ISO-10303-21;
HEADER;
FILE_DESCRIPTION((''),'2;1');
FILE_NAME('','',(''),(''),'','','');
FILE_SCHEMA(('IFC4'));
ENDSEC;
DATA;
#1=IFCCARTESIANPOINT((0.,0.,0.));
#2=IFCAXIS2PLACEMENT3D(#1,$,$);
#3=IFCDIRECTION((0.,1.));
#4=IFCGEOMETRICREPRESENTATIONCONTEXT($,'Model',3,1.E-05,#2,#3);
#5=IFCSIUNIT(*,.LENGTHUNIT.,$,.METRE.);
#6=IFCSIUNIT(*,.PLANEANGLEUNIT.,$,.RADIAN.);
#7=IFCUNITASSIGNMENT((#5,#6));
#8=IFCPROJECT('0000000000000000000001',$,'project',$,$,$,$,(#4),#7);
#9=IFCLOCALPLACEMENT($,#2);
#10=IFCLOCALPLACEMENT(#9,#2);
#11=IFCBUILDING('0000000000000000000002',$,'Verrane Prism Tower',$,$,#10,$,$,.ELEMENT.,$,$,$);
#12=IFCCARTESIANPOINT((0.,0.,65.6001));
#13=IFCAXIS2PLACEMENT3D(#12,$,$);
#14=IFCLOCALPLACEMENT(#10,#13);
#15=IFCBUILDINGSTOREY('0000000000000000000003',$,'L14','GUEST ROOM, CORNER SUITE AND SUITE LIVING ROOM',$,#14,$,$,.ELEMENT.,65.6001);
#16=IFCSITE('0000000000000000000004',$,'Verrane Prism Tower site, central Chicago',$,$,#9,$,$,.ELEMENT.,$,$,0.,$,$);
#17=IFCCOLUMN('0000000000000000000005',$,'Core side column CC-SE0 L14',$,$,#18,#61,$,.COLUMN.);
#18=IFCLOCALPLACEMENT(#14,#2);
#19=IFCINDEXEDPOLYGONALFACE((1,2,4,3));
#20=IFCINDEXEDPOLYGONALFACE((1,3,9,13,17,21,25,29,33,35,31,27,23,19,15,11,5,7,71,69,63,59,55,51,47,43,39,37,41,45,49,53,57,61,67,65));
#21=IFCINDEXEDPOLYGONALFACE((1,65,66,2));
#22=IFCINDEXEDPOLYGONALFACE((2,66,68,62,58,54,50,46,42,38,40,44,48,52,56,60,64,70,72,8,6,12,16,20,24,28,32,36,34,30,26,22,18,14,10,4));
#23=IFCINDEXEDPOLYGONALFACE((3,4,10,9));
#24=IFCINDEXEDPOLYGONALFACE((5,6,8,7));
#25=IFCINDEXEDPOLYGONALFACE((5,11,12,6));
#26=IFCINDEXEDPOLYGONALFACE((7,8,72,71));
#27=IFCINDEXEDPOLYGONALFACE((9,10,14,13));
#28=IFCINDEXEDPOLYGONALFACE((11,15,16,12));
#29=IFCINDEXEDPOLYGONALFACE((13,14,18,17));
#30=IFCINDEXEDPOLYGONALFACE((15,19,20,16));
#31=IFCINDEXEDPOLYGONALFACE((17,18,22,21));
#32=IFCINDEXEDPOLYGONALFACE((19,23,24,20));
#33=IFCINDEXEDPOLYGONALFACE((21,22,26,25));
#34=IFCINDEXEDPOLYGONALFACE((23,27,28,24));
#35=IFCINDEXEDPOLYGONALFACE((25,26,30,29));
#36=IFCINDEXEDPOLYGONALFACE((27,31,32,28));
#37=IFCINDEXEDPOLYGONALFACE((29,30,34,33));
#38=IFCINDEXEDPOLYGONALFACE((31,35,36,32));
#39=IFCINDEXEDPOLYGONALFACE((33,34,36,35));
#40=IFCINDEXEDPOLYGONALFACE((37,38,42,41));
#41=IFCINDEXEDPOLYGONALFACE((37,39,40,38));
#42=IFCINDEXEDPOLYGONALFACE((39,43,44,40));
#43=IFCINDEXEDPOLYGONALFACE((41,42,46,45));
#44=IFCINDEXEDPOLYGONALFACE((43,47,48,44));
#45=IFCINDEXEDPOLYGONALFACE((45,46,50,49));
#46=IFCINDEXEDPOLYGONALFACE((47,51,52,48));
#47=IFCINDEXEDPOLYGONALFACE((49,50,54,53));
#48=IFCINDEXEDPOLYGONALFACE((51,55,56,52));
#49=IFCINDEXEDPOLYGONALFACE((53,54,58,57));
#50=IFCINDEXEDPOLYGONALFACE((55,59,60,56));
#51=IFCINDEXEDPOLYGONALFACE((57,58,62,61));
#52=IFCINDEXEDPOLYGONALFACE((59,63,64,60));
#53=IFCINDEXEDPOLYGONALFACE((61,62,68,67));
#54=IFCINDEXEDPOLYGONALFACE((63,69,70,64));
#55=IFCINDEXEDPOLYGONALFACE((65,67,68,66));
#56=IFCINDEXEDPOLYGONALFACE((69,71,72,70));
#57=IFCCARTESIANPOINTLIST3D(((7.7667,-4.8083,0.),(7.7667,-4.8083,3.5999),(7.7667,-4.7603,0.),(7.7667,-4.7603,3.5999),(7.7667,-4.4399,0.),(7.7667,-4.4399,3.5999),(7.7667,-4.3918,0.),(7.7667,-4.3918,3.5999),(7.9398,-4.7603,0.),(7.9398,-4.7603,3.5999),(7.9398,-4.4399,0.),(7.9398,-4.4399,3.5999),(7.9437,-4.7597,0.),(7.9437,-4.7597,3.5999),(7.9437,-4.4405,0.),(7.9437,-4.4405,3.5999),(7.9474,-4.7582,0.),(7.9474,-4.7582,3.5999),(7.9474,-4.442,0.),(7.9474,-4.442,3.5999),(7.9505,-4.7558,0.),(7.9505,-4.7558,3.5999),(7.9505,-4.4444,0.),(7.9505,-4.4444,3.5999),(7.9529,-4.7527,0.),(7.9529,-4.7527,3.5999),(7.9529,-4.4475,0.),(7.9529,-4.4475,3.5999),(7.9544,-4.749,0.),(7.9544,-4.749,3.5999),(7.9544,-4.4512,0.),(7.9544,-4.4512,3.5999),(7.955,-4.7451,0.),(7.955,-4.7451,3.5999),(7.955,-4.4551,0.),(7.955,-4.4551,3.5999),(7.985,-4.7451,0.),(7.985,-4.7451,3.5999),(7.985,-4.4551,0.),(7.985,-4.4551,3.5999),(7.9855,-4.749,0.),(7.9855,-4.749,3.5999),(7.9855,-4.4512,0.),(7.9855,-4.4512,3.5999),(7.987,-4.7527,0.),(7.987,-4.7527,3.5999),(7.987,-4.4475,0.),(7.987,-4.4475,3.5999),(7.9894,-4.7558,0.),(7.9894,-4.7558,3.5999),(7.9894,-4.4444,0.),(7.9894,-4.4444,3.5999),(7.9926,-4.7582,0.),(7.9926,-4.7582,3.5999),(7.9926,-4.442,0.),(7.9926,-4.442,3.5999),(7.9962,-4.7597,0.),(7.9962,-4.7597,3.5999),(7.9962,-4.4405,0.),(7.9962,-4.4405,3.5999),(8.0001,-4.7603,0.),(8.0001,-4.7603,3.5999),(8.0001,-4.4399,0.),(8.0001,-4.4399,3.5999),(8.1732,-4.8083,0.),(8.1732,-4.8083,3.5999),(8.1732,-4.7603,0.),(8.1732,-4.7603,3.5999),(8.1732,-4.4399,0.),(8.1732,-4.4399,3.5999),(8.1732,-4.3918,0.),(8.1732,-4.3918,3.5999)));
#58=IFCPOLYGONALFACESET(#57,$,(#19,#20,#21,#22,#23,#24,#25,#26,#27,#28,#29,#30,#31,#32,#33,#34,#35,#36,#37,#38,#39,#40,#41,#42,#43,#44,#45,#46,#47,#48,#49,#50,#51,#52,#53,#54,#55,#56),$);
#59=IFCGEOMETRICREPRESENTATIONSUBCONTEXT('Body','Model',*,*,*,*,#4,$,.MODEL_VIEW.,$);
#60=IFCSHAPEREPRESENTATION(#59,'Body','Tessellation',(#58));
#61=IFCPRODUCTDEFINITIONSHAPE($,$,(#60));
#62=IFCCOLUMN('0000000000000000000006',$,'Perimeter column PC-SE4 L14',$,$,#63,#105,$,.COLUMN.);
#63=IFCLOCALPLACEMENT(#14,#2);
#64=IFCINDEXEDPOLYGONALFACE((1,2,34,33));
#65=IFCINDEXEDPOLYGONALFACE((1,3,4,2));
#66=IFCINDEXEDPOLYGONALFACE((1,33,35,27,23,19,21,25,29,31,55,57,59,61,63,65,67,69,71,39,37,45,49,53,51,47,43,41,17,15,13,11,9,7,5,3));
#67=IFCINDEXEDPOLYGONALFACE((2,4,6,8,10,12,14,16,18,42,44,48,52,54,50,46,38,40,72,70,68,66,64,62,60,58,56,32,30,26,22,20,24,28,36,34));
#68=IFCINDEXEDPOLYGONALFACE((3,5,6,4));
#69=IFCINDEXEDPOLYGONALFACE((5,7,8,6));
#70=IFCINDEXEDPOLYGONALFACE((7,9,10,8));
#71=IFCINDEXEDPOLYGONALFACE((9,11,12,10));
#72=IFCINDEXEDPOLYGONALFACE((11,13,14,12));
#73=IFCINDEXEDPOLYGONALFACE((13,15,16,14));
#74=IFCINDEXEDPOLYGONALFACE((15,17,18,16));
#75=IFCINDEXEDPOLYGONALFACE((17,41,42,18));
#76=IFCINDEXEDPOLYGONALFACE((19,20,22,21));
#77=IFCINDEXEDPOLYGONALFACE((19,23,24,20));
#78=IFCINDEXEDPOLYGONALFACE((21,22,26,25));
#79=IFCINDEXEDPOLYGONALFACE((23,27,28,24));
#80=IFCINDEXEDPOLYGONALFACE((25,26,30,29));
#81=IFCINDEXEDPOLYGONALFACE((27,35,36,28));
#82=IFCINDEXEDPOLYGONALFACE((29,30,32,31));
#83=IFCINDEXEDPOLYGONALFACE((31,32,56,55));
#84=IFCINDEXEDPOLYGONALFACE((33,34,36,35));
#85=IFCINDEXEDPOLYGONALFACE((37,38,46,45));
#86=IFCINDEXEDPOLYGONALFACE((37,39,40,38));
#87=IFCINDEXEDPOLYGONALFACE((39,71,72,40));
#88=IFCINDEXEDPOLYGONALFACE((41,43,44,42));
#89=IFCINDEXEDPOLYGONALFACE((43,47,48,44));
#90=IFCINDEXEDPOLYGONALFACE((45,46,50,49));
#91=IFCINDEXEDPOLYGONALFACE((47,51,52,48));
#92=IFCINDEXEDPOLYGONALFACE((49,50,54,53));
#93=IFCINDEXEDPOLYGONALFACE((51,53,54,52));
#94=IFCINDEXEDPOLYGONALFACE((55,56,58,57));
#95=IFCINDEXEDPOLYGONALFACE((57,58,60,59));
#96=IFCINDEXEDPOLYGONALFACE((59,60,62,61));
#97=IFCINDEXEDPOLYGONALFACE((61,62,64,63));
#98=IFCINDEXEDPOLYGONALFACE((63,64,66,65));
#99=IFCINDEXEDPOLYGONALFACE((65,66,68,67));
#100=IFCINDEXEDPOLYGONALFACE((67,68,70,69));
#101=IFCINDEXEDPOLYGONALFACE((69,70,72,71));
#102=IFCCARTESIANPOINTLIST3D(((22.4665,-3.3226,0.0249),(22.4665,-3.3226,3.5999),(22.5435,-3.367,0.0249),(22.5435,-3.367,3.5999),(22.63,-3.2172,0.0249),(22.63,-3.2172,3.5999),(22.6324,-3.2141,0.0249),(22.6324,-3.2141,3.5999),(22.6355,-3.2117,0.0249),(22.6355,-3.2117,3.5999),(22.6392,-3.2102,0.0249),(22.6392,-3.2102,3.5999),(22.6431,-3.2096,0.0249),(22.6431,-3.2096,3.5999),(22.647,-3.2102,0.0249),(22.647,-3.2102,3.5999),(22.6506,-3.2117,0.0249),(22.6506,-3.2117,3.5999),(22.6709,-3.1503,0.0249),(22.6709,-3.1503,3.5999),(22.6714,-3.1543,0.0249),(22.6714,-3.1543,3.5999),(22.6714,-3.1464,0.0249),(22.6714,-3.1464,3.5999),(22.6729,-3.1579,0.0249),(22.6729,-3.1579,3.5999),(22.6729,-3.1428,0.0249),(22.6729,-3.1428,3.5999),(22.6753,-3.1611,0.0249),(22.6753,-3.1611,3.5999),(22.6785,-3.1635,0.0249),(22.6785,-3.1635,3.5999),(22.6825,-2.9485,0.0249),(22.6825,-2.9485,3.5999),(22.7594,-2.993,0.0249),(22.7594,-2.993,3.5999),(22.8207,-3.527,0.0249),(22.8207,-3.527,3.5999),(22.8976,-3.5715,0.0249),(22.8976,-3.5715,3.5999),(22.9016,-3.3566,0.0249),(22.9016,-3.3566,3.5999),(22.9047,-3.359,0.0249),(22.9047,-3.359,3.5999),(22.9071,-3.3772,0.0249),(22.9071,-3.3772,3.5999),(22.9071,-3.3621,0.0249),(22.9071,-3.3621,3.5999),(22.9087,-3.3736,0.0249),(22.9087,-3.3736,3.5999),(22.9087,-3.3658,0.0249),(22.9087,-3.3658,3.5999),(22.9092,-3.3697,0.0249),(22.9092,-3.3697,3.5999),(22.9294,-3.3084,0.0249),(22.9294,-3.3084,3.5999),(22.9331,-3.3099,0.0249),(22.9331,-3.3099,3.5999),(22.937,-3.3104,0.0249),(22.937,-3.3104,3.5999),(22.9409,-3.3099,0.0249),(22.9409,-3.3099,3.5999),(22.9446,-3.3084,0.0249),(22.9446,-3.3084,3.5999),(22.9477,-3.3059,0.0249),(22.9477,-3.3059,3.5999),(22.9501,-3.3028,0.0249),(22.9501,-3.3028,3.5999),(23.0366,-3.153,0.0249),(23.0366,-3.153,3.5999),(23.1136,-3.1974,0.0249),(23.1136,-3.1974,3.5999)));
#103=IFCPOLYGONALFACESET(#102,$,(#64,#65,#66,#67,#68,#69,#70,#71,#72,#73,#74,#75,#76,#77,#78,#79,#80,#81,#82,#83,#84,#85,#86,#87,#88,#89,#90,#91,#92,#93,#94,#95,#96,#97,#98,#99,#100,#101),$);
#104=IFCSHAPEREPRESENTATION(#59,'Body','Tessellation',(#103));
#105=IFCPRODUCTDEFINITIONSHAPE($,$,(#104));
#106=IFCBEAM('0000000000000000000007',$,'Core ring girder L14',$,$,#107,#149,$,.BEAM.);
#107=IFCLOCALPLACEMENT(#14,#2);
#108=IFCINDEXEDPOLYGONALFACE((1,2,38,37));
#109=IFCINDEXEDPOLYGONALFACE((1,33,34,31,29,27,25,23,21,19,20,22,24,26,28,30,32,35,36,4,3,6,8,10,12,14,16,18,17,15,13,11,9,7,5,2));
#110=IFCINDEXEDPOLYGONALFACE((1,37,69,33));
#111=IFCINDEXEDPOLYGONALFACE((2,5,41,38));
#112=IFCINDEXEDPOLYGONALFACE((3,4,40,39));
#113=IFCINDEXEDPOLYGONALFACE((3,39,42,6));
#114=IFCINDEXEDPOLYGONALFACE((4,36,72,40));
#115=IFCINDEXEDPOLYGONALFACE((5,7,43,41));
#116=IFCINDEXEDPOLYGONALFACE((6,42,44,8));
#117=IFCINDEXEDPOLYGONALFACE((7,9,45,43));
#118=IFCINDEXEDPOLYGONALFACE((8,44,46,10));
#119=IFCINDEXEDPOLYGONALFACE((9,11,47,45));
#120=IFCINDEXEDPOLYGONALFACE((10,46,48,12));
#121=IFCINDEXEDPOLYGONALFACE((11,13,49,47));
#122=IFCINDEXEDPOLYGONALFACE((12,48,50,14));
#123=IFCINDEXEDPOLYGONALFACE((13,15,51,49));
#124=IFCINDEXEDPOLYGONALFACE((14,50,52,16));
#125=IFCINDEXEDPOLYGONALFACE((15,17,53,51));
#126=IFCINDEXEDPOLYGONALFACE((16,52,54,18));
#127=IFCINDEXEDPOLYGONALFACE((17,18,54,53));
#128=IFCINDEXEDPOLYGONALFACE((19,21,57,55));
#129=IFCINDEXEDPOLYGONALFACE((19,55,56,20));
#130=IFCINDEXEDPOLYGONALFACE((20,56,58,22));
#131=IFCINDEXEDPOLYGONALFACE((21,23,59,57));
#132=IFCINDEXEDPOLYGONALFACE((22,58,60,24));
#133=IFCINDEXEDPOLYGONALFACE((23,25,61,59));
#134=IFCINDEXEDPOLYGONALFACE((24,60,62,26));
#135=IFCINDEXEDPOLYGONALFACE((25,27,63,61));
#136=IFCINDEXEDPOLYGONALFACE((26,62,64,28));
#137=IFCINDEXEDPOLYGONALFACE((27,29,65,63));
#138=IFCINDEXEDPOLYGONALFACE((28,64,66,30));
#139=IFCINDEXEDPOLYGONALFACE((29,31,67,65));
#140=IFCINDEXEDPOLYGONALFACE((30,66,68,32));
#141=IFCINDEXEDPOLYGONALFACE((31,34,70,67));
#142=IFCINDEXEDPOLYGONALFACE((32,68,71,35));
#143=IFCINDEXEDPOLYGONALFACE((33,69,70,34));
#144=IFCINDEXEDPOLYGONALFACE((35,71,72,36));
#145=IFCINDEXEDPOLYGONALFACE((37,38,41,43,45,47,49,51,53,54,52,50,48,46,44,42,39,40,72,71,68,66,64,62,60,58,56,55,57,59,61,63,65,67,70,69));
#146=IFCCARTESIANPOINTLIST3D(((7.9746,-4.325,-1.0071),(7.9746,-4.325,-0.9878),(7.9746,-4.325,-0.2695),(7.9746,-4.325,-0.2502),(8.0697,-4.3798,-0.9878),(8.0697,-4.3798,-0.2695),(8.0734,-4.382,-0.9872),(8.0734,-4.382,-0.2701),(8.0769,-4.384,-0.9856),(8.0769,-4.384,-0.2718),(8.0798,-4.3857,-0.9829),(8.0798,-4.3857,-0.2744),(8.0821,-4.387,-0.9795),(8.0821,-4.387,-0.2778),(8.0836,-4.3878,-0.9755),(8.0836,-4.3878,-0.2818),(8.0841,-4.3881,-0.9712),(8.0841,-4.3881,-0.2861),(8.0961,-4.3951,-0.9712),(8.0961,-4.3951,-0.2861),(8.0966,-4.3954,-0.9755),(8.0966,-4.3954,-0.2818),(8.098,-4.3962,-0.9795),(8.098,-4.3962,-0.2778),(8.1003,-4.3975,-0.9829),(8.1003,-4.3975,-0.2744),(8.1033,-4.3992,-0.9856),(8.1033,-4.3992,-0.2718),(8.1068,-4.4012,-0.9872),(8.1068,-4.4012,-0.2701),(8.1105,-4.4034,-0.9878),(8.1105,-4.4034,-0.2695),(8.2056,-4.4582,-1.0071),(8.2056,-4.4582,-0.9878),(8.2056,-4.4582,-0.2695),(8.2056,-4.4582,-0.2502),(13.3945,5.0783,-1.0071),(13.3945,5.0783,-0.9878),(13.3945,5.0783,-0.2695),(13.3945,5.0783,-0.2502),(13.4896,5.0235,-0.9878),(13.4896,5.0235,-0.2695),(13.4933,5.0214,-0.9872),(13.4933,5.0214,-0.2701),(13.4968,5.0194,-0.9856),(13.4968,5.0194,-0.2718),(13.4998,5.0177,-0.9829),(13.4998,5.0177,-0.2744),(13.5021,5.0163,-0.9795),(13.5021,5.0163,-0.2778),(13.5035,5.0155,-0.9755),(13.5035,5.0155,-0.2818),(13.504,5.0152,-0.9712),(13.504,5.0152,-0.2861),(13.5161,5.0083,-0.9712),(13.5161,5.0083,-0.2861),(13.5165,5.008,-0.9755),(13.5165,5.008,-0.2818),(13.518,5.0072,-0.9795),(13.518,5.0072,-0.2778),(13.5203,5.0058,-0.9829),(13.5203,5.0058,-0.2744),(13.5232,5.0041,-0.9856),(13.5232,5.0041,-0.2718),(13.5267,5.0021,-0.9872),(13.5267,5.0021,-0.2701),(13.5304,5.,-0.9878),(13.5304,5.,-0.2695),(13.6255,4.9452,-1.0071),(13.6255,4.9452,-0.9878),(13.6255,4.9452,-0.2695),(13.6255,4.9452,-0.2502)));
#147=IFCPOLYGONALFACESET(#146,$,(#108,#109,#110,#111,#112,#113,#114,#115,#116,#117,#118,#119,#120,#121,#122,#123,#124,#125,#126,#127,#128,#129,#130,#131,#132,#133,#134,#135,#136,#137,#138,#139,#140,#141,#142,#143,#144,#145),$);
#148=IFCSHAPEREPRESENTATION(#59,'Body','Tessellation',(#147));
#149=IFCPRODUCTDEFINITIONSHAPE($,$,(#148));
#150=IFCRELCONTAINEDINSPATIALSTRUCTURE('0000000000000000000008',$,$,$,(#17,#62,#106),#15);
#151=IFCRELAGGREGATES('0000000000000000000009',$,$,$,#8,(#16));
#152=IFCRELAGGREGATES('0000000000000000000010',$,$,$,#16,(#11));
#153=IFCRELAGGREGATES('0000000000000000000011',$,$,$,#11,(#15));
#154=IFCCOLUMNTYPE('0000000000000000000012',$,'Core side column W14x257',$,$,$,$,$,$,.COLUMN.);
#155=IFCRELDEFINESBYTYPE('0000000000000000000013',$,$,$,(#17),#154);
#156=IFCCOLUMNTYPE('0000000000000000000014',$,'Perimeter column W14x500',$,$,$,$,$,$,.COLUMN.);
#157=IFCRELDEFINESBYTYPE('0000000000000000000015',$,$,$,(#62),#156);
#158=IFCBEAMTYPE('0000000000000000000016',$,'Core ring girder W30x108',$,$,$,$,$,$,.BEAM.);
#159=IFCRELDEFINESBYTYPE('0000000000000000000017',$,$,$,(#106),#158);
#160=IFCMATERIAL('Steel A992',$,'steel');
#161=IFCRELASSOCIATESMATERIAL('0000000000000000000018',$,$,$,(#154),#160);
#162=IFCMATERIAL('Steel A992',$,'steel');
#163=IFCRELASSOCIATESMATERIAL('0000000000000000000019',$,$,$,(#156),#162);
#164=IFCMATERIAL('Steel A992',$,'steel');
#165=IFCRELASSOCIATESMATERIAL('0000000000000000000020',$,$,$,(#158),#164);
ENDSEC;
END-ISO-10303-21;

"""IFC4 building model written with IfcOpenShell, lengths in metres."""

from ifc_helpers import new_model, si_unit, direction, frame, origin, origin_2d, place, context, subcontext, project, spatial, i_section, extrude, material, material_profile, profile_set, type_object, element, save


model = new_model("IFC4")

# Units and contexts
model_context = context("Model", 3, precision=1e-05, world=origin(), true_north=direction((0.0, 1.0)))
body_context = subcontext(model_context, "Body", "Model", "MODEL_VIEW")
ifc_project = project(units=[si_unit("LENGTHUNIT", "METRE"), si_unit("PLANEANGLEUNIT", "RADIAN")], contexts=[model_context])

# Site, building, storey
site_placement = place(None, origin())
site = spatial("IfcSite", under=ifc_project, at=site_placement, Name="Verrane Prism Tower site, central Chicago", CompositionType="ELEMENT", RefElevation=0.0)
building_placement = place(site_placement, origin())
building = spatial("IfcBuilding", under=site, at=building_placement, Name="Verrane Prism Tower", CompositionType="ELEMENT")
storey_placement = place(building_placement, frame((0.0, 0.0, 65.6001)))
storey = spatial("IfcBuildingStorey", under=building, at=storey_placement, Name="L14", Description="GUEST ROOM, CORNER SUITE AND SUITE LIVING ROOM", CompositionType="ELEMENT", Elevation=65.6001)

# Columns
ifc_material_1 = material(Name="Steel A992", Category="steel")
ifc_material_profile_1 = material_profile(ifc_material_1, i_section(OverallWidth=0.4065, OverallDepth=0.4165, WebThickness=0.03, FlangeThickness=0.0481, FilletRadius=0.0151, at=origin_2d()), Name="W14x257")
ifc_profile_set_1 = profile_set([ifc_material_profile_1], Name="Steel A992")
column_type_1 = type_object("IfcColumnType", Name="Core side column W14x257", PredefinedType="COLUMN", material=ifc_profile_set_1)
column_1_placement = place(storey_placement, frame((7.97, -4.6001, 0.0), z_axis=(0.0, 0.0, 1.0), x_axis=(1.0, 0.0, 0.0)))
element("IfcColumn", 1, at=column_1_placement, inside=storey, type_object=column_type_1, Name="Core side column CC-SE0 L14", PredefinedType="COLUMN", context=body_context, shape_type="SweptSolid", body=[
    extrude(i_section(OverallWidth=0.4065, OverallDepth=0.4165, WebThickness=0.03, FlangeThickness=0.0481, FilletRadius=0.0151, at=origin_2d()), origin(), (0.0, 0.0, 1.0), 3.5999),
])
ifc_material_2 = material(Name="Steel A992", Category="steel")
ifc_material_profile_2 = material_profile(ifc_material_2, i_section(OverallWidth=0.4319, OverallDepth=0.4978, WebThickness=0.0557, FlangeThickness=0.0889, FilletRadius=0.0151, at=origin_2d()), Name="W14x500")
ifc_profile_set_2 = profile_set([ifc_material_profile_2], Name="Steel A992")
column_type_2 = type_object("IfcColumnType", Name="Perimeter column W14x500", PredefinedType="COLUMN", material=ifc_profile_set_2)
column_2_placement = place(storey_placement, frame((22.79, -3.26, 0.0249), z_axis=(0.0, 0.0, 1.0), x_axis=(-0.5, -0.866025, 0.0)))
element("IfcColumn", 2, at=column_2_placement, inside=storey, type_object=column_type_2, Name="Perimeter column PC-SE4 L14", PredefinedType="COLUMN", context=body_context, shape_type="SweptSolid", body=[
    extrude(i_section(OverallWidth=0.4319, OverallDepth=0.4978, WebThickness=0.0557, FlangeThickness=0.0889, FilletRadius=0.0151, at=origin_2d()), origin(), (0.0, 0.0, 1.0), 3.575),
])

# Beam
ifc_material_3 = material(Name="Steel A992", Category="steel")
ifc_material_profile_3 = material_profile(ifc_material_3, i_section(OverallWidth=0.2666, OverallDepth=0.7568, WebThickness=0.0139, FlangeThickness=0.0193, FilletRadius=0.0166, at=origin_2d()), Name="W30x108")
ifc_profile_set_3 = profile_set([ifc_material_profile_3], Name="Steel A992")
beam_type_1 = type_object("IfcBeamType", Name="Core ring girder W30x108", PredefinedType="BEAM", material=ifc_profile_set_3)
beam_1_placement = place(storey_placement, frame((8.0901, -4.3916, -0.6287), z_axis=(0.499372, 0.866388, 0.0), x_axis=(-0.866388, 0.499372, 0.0)))
element("IfcBeam", 3, at=beam_1_placement, inside=storey, type_object=beam_type_1, Name="Core ring girder L14", PredefinedType="BEAM", context=body_context, shape_type="SweptSolid", body=[
    extrude(i_section(OverallWidth=0.2666, OverallDepth=0.7568, WebThickness=0.0139, FlangeThickness=0.0193, FilletRadius=0.0166, at=origin_2d()), origin(), (0.0, 0.0, 1.0), 10.8535),
])

save(model, "model.ifc")
